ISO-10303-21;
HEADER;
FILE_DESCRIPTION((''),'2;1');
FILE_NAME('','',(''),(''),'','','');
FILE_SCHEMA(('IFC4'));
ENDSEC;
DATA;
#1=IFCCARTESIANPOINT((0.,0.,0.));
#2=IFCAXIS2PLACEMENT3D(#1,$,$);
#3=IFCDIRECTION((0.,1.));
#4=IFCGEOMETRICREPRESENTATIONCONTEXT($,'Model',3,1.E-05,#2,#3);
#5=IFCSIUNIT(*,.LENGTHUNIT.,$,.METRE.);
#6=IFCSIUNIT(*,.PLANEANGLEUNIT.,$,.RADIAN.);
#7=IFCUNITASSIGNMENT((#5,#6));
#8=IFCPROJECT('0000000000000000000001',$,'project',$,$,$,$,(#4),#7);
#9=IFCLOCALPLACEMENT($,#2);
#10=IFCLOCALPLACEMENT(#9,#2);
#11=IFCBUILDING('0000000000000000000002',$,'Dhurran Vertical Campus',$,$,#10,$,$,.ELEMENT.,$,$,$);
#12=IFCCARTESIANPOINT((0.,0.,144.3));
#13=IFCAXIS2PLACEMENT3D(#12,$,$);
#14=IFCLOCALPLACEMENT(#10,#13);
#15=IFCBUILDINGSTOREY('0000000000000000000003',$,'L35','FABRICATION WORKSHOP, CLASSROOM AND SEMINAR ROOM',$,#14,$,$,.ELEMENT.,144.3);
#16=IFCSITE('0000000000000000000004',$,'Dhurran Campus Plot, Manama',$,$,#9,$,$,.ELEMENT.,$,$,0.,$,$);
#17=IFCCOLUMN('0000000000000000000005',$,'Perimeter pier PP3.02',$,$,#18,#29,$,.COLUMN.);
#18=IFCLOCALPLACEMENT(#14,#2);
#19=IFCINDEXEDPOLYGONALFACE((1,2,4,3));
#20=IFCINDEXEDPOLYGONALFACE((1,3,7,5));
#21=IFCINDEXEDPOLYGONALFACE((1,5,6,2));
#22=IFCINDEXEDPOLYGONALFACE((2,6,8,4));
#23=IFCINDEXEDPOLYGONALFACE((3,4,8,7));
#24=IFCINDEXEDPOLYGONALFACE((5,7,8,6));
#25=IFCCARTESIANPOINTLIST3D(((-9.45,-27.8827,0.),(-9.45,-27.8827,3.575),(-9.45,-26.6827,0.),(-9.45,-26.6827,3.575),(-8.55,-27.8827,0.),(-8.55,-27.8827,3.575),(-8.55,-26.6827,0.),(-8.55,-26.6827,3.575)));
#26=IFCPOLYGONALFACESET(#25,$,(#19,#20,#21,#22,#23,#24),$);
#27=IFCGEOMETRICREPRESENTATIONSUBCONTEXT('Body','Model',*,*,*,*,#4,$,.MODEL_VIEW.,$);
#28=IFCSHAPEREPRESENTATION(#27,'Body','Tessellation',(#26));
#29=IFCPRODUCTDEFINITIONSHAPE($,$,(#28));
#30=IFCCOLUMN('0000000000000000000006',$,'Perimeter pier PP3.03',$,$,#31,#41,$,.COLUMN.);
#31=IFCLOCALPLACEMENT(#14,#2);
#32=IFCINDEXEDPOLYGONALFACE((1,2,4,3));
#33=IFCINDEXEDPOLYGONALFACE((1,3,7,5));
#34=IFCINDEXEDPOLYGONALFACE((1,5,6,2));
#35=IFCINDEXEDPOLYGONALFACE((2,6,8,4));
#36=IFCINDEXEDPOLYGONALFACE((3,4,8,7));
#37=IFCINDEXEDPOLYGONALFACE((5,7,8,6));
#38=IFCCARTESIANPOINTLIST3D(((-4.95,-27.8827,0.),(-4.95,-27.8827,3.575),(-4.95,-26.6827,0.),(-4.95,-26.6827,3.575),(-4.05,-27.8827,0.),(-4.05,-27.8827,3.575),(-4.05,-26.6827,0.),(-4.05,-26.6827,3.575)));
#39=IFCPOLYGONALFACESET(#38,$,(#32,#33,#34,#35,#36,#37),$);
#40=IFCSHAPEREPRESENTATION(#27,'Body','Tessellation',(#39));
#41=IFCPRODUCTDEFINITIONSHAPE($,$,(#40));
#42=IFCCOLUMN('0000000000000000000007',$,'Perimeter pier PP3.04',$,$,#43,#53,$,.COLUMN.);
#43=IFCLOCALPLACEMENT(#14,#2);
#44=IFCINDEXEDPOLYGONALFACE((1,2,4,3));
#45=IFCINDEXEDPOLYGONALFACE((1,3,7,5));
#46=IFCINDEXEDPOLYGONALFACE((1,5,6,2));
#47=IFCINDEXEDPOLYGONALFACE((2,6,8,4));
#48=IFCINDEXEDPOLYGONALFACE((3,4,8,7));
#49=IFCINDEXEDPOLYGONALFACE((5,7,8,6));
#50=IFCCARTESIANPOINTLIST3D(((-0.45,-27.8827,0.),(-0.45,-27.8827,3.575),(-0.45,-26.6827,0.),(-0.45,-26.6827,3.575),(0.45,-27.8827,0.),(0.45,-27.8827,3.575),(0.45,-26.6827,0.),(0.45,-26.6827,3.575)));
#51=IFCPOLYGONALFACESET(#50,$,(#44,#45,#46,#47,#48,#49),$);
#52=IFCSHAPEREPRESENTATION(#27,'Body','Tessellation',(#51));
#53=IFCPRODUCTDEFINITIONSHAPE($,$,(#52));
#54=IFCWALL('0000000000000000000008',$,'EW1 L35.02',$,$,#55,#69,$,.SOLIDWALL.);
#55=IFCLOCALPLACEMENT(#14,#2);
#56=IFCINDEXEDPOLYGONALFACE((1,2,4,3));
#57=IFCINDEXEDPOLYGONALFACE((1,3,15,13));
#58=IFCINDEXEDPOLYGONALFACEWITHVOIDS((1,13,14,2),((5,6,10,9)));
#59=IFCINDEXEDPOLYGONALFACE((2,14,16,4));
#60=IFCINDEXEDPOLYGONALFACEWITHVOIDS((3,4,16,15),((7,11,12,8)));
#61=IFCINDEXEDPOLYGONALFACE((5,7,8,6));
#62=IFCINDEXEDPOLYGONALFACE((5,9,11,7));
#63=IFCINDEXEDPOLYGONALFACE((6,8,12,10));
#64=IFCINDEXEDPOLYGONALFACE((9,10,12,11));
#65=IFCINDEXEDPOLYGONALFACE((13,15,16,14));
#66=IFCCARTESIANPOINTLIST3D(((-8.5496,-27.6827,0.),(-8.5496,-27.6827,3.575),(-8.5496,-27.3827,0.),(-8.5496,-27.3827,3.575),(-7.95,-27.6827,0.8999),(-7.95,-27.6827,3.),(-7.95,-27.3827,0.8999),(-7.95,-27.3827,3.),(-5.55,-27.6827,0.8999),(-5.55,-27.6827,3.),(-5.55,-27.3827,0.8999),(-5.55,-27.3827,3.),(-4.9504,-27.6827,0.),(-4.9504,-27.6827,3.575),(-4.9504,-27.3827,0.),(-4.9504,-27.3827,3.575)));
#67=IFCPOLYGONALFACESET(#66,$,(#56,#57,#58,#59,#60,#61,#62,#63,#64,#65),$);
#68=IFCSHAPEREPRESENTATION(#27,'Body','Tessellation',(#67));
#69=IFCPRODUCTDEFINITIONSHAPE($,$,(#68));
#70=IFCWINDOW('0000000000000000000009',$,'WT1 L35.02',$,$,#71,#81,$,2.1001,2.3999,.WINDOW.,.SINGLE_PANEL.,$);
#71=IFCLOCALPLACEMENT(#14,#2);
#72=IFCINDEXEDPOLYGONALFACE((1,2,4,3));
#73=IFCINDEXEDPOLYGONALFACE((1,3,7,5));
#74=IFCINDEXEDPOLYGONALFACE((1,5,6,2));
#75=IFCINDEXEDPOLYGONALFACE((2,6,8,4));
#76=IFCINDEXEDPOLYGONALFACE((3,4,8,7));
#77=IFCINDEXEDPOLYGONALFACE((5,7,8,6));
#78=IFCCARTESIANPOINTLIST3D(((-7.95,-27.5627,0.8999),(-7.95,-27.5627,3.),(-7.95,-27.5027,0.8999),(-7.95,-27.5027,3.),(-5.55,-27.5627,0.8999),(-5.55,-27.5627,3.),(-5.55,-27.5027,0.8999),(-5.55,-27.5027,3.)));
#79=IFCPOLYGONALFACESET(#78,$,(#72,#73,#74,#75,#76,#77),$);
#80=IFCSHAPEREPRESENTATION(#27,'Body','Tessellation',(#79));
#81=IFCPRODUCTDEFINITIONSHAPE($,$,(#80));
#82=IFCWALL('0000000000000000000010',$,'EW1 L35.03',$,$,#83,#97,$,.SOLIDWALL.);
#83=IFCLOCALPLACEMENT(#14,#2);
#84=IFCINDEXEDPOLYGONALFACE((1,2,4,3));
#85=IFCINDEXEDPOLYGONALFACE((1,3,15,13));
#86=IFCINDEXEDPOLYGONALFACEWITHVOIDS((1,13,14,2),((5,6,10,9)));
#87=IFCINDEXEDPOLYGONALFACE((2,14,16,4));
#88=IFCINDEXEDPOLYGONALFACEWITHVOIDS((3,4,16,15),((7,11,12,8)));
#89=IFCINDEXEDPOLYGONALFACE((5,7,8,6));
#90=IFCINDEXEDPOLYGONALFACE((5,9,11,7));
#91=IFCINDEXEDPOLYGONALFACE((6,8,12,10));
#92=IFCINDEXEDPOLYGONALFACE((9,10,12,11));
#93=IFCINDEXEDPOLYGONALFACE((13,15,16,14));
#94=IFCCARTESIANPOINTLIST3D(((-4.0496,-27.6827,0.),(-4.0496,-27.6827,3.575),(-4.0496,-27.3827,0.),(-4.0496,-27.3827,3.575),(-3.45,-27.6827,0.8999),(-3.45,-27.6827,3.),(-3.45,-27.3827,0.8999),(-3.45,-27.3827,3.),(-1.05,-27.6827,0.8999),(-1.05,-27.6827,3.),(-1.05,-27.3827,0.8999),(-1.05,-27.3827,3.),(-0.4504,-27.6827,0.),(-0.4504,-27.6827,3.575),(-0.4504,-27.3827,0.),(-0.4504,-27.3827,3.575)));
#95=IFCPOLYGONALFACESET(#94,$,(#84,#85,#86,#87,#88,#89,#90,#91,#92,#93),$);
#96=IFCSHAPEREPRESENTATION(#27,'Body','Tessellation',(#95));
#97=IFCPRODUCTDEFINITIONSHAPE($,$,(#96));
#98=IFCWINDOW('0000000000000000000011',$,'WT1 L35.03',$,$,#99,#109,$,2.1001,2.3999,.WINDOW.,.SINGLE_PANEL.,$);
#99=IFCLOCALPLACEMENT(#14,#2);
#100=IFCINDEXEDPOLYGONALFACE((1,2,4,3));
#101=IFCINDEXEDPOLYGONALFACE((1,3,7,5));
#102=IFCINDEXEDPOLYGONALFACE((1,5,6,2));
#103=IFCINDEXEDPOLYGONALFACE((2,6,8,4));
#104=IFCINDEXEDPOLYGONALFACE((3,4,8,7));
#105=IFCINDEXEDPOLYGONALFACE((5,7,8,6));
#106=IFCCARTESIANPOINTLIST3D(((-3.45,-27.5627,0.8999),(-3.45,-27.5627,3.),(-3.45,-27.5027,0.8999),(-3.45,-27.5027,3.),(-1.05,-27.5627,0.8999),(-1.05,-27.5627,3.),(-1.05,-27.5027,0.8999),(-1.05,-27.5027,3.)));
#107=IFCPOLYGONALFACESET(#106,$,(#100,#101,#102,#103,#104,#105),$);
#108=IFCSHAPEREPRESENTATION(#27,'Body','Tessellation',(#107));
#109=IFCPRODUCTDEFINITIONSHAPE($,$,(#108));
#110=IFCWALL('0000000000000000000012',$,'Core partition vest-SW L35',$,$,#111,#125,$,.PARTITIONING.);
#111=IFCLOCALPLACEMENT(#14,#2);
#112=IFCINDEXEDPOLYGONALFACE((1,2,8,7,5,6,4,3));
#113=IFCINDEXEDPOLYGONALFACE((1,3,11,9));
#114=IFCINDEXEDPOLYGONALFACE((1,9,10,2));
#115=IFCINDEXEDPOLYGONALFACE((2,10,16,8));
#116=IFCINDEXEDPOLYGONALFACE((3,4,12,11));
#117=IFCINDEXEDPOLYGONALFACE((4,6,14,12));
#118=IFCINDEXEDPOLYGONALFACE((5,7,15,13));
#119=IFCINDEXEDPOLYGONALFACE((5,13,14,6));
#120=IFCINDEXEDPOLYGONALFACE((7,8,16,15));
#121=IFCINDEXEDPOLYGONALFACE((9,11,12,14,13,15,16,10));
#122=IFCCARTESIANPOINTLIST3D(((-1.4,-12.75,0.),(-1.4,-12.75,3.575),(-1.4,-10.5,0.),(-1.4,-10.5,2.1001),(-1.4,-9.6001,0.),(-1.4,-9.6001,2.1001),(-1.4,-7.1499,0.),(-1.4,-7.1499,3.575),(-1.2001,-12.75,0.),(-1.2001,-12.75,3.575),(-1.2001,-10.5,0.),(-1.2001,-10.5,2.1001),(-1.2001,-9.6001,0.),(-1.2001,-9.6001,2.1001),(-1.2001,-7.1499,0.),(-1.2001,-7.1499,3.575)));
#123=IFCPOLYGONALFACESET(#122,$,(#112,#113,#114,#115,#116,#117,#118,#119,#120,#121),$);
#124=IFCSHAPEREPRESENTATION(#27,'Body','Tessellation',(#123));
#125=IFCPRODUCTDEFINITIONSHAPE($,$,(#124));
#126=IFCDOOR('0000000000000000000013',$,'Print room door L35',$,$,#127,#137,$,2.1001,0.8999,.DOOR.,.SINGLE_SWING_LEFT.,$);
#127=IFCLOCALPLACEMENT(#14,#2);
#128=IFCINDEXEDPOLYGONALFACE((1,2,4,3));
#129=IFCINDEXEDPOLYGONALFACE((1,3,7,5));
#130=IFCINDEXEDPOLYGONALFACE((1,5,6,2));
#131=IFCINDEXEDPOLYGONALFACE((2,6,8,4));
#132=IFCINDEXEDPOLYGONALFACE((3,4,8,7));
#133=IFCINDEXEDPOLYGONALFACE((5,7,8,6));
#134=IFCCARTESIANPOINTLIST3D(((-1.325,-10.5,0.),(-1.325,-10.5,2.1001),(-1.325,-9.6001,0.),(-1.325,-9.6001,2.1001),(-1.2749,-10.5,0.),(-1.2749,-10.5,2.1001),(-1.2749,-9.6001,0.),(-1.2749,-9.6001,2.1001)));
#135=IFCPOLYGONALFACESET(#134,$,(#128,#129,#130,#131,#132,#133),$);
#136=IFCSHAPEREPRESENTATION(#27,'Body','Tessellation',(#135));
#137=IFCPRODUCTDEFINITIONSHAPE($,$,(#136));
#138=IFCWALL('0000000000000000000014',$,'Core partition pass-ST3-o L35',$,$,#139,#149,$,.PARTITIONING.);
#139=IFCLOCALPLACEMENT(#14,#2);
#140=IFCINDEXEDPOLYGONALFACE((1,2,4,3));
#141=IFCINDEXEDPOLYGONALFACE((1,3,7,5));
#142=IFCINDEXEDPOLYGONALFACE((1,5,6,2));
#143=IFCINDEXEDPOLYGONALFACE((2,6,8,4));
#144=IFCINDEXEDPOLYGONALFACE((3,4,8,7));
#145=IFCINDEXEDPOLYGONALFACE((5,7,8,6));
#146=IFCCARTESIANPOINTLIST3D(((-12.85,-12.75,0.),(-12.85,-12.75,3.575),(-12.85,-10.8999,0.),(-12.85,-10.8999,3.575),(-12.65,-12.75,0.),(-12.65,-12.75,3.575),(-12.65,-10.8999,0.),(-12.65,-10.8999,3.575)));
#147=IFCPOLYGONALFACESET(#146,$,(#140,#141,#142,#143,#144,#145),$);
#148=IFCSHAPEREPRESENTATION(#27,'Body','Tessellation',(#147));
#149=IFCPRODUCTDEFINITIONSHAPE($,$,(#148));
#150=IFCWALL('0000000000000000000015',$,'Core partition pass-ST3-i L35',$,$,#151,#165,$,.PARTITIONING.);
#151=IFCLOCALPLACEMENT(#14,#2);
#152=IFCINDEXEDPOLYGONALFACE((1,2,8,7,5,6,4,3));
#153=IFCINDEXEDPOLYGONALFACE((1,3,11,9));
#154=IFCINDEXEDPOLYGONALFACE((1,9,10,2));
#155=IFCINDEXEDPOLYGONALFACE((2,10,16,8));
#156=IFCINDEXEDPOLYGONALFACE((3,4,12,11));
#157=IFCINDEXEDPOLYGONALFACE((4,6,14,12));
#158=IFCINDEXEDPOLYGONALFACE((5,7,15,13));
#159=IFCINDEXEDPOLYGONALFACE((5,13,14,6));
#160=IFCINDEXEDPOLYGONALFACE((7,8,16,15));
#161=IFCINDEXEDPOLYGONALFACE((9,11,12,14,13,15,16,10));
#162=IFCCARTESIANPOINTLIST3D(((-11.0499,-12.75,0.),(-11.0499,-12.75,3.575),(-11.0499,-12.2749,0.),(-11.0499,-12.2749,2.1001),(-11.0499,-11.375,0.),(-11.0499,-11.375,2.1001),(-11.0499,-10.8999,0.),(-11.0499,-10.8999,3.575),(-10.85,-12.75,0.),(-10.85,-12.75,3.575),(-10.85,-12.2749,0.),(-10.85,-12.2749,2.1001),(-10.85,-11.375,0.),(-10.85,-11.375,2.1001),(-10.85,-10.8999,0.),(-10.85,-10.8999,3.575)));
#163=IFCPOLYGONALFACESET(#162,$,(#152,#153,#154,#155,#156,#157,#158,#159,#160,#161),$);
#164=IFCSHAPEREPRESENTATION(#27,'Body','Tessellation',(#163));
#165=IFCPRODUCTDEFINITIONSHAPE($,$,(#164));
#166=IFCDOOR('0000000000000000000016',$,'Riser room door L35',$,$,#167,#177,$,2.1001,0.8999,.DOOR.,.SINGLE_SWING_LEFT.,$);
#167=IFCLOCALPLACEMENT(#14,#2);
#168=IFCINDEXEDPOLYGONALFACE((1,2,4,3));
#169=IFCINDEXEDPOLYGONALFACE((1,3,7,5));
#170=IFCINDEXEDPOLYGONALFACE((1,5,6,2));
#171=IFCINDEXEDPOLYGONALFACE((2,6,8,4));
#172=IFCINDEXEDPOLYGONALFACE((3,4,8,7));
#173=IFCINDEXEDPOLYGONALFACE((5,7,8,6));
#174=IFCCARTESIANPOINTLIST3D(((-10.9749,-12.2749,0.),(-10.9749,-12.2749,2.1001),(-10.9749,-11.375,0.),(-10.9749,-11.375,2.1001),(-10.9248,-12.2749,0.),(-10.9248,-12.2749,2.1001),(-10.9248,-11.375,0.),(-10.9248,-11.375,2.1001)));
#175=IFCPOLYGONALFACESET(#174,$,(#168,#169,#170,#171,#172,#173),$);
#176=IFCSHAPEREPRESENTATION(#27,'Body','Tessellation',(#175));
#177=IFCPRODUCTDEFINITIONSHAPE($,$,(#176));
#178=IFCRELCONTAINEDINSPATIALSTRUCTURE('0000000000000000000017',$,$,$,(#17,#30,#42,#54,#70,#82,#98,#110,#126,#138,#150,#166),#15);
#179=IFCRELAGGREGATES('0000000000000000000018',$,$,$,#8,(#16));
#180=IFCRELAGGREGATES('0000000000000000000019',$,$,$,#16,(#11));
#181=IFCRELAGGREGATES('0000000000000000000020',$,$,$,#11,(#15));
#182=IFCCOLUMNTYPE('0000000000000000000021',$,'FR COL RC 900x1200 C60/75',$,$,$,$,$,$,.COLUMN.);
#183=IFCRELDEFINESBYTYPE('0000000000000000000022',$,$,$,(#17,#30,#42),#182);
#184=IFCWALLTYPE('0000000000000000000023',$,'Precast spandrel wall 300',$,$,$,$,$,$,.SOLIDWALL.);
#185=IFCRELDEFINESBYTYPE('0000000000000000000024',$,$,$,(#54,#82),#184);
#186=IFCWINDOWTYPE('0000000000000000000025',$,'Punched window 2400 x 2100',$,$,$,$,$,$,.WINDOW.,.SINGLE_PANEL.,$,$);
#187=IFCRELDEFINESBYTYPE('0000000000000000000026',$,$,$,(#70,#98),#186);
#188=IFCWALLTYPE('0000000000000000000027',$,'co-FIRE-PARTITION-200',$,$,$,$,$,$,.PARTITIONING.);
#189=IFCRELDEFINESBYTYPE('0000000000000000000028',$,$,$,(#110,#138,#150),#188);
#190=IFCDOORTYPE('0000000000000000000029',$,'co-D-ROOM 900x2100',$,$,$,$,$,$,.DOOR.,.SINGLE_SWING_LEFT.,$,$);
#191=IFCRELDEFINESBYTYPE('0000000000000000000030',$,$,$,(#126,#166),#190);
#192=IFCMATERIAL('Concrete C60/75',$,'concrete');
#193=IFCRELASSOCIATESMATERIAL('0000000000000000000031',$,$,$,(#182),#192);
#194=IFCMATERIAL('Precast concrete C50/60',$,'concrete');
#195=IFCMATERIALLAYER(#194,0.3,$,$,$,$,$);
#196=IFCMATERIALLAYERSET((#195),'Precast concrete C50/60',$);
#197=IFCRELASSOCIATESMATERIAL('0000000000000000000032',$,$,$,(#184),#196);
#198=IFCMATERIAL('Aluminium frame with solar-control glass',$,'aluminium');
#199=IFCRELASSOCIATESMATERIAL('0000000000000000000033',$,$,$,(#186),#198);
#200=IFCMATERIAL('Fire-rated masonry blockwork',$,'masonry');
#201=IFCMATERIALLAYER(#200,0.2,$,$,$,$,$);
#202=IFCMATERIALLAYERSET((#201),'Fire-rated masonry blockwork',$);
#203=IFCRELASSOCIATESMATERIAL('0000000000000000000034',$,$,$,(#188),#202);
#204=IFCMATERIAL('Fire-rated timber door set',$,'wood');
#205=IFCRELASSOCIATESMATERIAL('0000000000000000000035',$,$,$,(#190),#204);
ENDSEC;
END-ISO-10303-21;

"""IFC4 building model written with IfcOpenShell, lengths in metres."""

from ifc_helpers import new_model, si_unit, direction, frame, frame_2d, origin, origin_2d, place, context, subcontext, project, spatial, rectangle, extrude, material, layer, layer_set, material_profile, profile_set, type_object, element, fill, save


model = new_model("IFC4")

# Units and contexts
model_context = context("Model", 3, precision=1e-05, world=origin(), true_north=direction((0.0, 1.0)))
body_context = subcontext(model_context, "Body", "Model", "MODEL_VIEW")
ifc_project = project(units=[si_unit("LENGTHUNIT", "METRE"), si_unit("PLANEANGLEUNIT", "RADIAN")], contexts=[model_context])

# Site, building, storey
site_placement = place(None, origin())
site = spatial("IfcSite", under=ifc_project, at=site_placement, Name="Dhurran Campus Plot, Manama", CompositionType="ELEMENT", RefElevation=0.0)
building_placement = place(site_placement, origin())
building = spatial("IfcBuilding", under=site, at=building_placement, Name="Dhurran Vertical Campus", CompositionType="ELEMENT")
storey_placement = place(building_placement, frame((0.0, 0.0, 144.3)))
storey = spatial("IfcBuildingStorey", under=building, at=storey_placement, Name="L35", Description="FABRICATION WORKSHOP, CLASSROOM AND SEMINAR ROOM", CompositionType="ELEMENT", Elevation=144.3)

# Columns
ifc_material_1 = material(Name="Concrete C60/75", Category="concrete")
ifc_material_profile = material_profile(ifc_material_1, rectangle(XDim=0.8999, YDim=1.2, at=origin_2d()), Name="RC 900x1200")
ifc_profile_set = profile_set([ifc_material_profile], Name="Concrete C60/75")
column_type = type_object("IfcColumnType", Name="FR COL RC 900x1200 C60/75", PredefinedType="COLUMN", material=ifc_profile_set)
for number, where, z_axis, x_axis, name in (
    (1, (-9.0, -27.2827, 0.0), (0.0, 0.0, 1.0), (1.0, 0.0, 0.0), "Perimeter pier PP3.02"),
    (2, (-4.5, -27.2827, 0.0), (0.0, 0.0, 1.0), (1.0, 0.0, 0.0), "Perimeter pier PP3.03"),
    (3, (0.0, -27.2827, 0.0), (0.0, 0.0, 1.0), (1.0, 0.0, 0.0), "Perimeter pier PP3.04"),
):
    element("IfcColumn", number, at=place(storey_placement, frame(where, z_axis=z_axis, x_axis=x_axis)), inside=storey, type_object=column_type, Name=name, PredefinedType="COLUMN", context=body_context, shape_type="SweptSolid", body=[
        extrude(rectangle(XDim=0.8999, YDim=1.2, at=origin_2d()), origin(), (0.0, 0.0, 1.0), 3.575),
    ])

# Walls, openings, windows
ifc_material_2 = material(Name="Precast concrete C50/60", Category="concrete")
ifc_layer_1 = layer(ifc_material_2, 0.3)
ifc_layer_set_1 = layer_set([ifc_layer_1], Name="Precast concrete C50/60")
wall_type_1 = type_object("IfcWallType", Name="Precast spandrel wall 300", PredefinedType="SOLIDWALL", material=ifc_layer_set_1)
wall_1_placement = place(storey_placement, frame((-8.5496, -27.5327, 0.0), z_axis=(0.0, 0.0, 1.0), x_axis=(1.0, 0.0, 0.0)))
wall_1 = element("IfcWall", 4, at=wall_1_placement, inside=storey, type_object=wall_type_1, Name="EW1 L35.02", PredefinedType="SOLIDWALL", context=body_context, shape_type="SweptSolid", body=[
    extrude(rectangle(XDim=3.5991, YDim=0.3, at=frame_2d((1.7996, 0.0))), origin(), (0.0, 0.0, 1.0), 3.575),
])
opening_1_placement = place(wall_1_placement, frame((0.5996, 0.0, 0.8999)))
opening_1 = element("IfcOpeningElement", 5, at=opening_1_placement, cuts=wall_1, PredefinedType="OPENING", context=body_context, shape_type="SweptSolid", body=[
    extrude(rectangle(XDim=2.3999, YDim=2.1001, at=frame_2d((1.2, 1.05))), frame((0.0, 0.1599, 0.0), z_axis=(0.0, -1.0, 0.0), x_axis=(1.0, 0.0, 0.0)), (0.0, 0.0, 1.0), 0.3201),
])
ifc_material_3 = material(Name="Aluminium frame with solar-control glass", Category="aluminium")
window_type = type_object("IfcWindowType", Name="Punched window 2400 x 2100", PartitioningType="SINGLE_PANEL", PredefinedType="WINDOW", material=ifc_material_3)
window_1_placement = place(opening_1_placement, origin())
window_1 = element("IfcWindow", 6, at=window_1_placement, inside=storey, type_object=window_type, Name="WT1 L35.02", OverallHeight=2.1001, OverallWidth=2.3999, PartitioningType="SINGLE_PANEL", PredefinedType="WINDOW", context=body_context, shape_type="SweptSolid", body=[
    extrude(rectangle(XDim=2.3999, YDim=2.1001, at=frame_2d((1.2, 1.05))), frame((0.0, 0.03, 0.0), z_axis=(0.0, -1.0, 0.0), x_axis=(1.0, 0.0, 0.0)), (0.0, 0.0, 1.0), 0.0601),
])
fill(opening_1, window_1)
wall_2_placement = place(storey_placement, frame((-4.0496, -27.5327, 0.0), z_axis=(0.0, 0.0, 1.0), x_axis=(1.0, 0.0, 0.0)))
wall_2 = element("IfcWall", 7, at=wall_2_placement, inside=storey, type_object=wall_type_1, Name="EW1 L35.03", PredefinedType="SOLIDWALL", context=body_context, shape_type="SweptSolid", body=[
    extrude(rectangle(XDim=3.5991, YDim=0.3, at=frame_2d((1.7996, 0.0))), origin(), (0.0, 0.0, 1.0), 3.575),
])
opening_2_placement = place(wall_2_placement, frame((0.5996, 0.0, 0.8999)))
opening_2 = element("IfcOpeningElement", 8, at=opening_2_placement, cuts=wall_2, PredefinedType="OPENING", context=body_context, shape_type="SweptSolid", body=[
    extrude(rectangle(XDim=2.3999, YDim=2.1001, at=frame_2d((1.2, 1.05))), frame((0.0, 0.1599, 0.0), z_axis=(0.0, -1.0, 0.0), x_axis=(1.0, 0.0, 0.0)), (0.0, 0.0, 1.0), 0.3201),
])
window_2_placement = place(opening_2_placement, origin())
window_2 = element("IfcWindow", 9, at=window_2_placement, inside=storey, type_object=window_type, Name="WT1 L35.03", OverallHeight=2.1001, OverallWidth=2.3999, PartitioningType="SINGLE_PANEL", PredefinedType="WINDOW", context=body_context, shape_type="SweptSolid", body=[
    extrude(rectangle(XDim=2.3999, YDim=2.1001, at=frame_2d((1.2, 1.05))), frame((0.0, 0.03, 0.0), z_axis=(0.0, -1.0, 0.0), x_axis=(1.0, 0.0, 0.0)), (0.0, 0.0, 1.0), 0.0601),
])
fill(opening_2, window_2)

# Wall, opening, door
ifc_material_4 = material(Name="Fire-rated masonry blockwork", Category="masonry")
ifc_layer_2 = layer(ifc_material_4, 0.2)
ifc_layer_set_2 = layer_set([ifc_layer_2], Name="Fire-rated masonry blockwork")
wall_type_2 = type_object("IfcWallType", Name="co-FIRE-PARTITION-200", PredefinedType="PARTITIONING", material=ifc_layer_set_2)
wall_3_placement = place(storey_placement, frame((-1.3, -12.75, 0.0), z_axis=(0.0, 0.0, 1.0), x_axis=(0.0, 1.0, 0.0)))
wall_3 = element("IfcWall", 10, at=wall_3_placement, inside=storey, type_object=wall_type_2, Name="Core partition vest-SW L35", PredefinedType="PARTITIONING", context=body_context, shape_type="SweptSolid", body=[
    extrude(rectangle(XDim=5.6001, YDim=0.2, at=frame_2d((2.8, 0.0))), origin(), (0.0, 0.0, 1.0), 3.575),
])
opening_3_placement = place(wall_3_placement, frame((2.25, 0.0, 0.0)))
opening_3 = element("IfcOpeningElement", 11, at=opening_3_placement, cuts=wall_3, PredefinedType="OPENING", context=body_context, shape_type="SweptSolid", body=[
    extrude(rectangle(XDim=0.8999, YDim=2.1001, at=frame_2d((0.45, 1.05))), frame((0.0, 0.1099, 0.0), z_axis=(0.0, -1.0, 0.0), x_axis=(1.0, 0.0, 0.0)), (0.0, 0.0, 1.0), 0.22),
])
ifc_material_5 = material(Name="Fire-rated timber door set", Category="wood")
door_type_1 = type_object("IfcDoorType", Name="co-D-ROOM 900x2100", OperationType="SINGLE_SWING_LEFT", PredefinedType="DOOR", material=ifc_material_5)
door_1_placement = place(opening_3_placement, origin())
door_1 = element("IfcDoor", 12, at=door_1_placement, inside=storey, type_object=door_type_1, Name="Print room door L35", OperationType="SINGLE_SWING_LEFT", OverallHeight=2.1001, OverallWidth=0.8999, PredefinedType="DOOR", context=body_context, shape_type="SweptSolid", body=[
    extrude(rectangle(XDim=0.8999, YDim=2.1001, at=frame_2d((0.45, 1.05))), frame((0.0, 0.0249, 0.0), z_axis=(0.0, -1.0, 0.0), x_axis=(1.0, 0.0, 0.0)), (0.0, 0.0, 1.0), 0.05),
])
fill(opening_3, door_1)

# Wall
wall_4_placement = place(storey_placement, frame((-12.75, -12.75, 0.0), z_axis=(0.0, 0.0, 1.0), x_axis=(0.0, 1.0, 0.0)))
element("IfcWall", 13, at=wall_4_placement, inside=storey, type_object=wall_type_2, Name="Core partition pass-ST3-o L35", PredefinedType="PARTITIONING", context=body_context, shape_type="SweptSolid", body=[
    extrude(rectangle(XDim=1.8501, YDim=0.2, at=frame_2d((0.925, 0.0))), origin(), (0.0, 0.0, 1.0), 3.575),
])

# Wall, opening, door
wall_5_placement = place(storey_placement, frame((-10.95, -12.75, 0.0), z_axis=(0.0, 0.0, 1.0), x_axis=(0.0, 1.0, 0.0)))
wall_5 = element("IfcWall", 14, at=wall_5_placement, inside=storey, type_object=wall_type_2, Name="Core partition pass-ST3-i L35", PredefinedType="PARTITIONING", context=body_context, shape_type="SweptSolid", body=[
    extrude(rectangle(XDim=1.8501, YDim=0.2, at=frame_2d((0.925, 0.0))), origin(), (0.0, 0.0, 1.0), 3.575),
])
opening_4_placement = place(wall_5_placement, frame((0.4751, 0.0, 0.0)))
opening_4 = element("IfcOpeningElement", 15, at=opening_4_placement, cuts=wall_5, PredefinedType="OPENING", context=body_context, shape_type="SweptSolid", body=[
    extrude(rectangle(XDim=0.8999, YDim=2.1001, at=frame_2d((0.45, 1.05))), frame((0.0, 0.1099, 0.0), z_axis=(0.0, -1.0, 0.0), x_axis=(1.0, 0.0, 0.0)), (0.0, 0.0, 1.0), 0.22),
])
door_2_placement = place(opening_4_placement, origin())
door_2 = element("IfcDoor", 16, at=door_2_placement, inside=storey, type_object=door_type_1, Name="Riser room door L35", OperationType="SINGLE_SWING_LEFT", OverallHeight=2.1001, OverallWidth=0.8999, PredefinedType="DOOR", context=body_context, shape_type="SweptSolid", body=[
    extrude(rectangle(XDim=0.8999, YDim=2.1001, at=frame_2d((0.45, 1.05))), frame((0.0, 0.0249, 0.0), z_axis=(0.0, -1.0, 0.0), x_axis=(1.0, 0.0, 0.0)), (0.0, 0.0, 1.0), 0.05),
])
fill(opening_4, door_2)

save(model, "model.ifc")
